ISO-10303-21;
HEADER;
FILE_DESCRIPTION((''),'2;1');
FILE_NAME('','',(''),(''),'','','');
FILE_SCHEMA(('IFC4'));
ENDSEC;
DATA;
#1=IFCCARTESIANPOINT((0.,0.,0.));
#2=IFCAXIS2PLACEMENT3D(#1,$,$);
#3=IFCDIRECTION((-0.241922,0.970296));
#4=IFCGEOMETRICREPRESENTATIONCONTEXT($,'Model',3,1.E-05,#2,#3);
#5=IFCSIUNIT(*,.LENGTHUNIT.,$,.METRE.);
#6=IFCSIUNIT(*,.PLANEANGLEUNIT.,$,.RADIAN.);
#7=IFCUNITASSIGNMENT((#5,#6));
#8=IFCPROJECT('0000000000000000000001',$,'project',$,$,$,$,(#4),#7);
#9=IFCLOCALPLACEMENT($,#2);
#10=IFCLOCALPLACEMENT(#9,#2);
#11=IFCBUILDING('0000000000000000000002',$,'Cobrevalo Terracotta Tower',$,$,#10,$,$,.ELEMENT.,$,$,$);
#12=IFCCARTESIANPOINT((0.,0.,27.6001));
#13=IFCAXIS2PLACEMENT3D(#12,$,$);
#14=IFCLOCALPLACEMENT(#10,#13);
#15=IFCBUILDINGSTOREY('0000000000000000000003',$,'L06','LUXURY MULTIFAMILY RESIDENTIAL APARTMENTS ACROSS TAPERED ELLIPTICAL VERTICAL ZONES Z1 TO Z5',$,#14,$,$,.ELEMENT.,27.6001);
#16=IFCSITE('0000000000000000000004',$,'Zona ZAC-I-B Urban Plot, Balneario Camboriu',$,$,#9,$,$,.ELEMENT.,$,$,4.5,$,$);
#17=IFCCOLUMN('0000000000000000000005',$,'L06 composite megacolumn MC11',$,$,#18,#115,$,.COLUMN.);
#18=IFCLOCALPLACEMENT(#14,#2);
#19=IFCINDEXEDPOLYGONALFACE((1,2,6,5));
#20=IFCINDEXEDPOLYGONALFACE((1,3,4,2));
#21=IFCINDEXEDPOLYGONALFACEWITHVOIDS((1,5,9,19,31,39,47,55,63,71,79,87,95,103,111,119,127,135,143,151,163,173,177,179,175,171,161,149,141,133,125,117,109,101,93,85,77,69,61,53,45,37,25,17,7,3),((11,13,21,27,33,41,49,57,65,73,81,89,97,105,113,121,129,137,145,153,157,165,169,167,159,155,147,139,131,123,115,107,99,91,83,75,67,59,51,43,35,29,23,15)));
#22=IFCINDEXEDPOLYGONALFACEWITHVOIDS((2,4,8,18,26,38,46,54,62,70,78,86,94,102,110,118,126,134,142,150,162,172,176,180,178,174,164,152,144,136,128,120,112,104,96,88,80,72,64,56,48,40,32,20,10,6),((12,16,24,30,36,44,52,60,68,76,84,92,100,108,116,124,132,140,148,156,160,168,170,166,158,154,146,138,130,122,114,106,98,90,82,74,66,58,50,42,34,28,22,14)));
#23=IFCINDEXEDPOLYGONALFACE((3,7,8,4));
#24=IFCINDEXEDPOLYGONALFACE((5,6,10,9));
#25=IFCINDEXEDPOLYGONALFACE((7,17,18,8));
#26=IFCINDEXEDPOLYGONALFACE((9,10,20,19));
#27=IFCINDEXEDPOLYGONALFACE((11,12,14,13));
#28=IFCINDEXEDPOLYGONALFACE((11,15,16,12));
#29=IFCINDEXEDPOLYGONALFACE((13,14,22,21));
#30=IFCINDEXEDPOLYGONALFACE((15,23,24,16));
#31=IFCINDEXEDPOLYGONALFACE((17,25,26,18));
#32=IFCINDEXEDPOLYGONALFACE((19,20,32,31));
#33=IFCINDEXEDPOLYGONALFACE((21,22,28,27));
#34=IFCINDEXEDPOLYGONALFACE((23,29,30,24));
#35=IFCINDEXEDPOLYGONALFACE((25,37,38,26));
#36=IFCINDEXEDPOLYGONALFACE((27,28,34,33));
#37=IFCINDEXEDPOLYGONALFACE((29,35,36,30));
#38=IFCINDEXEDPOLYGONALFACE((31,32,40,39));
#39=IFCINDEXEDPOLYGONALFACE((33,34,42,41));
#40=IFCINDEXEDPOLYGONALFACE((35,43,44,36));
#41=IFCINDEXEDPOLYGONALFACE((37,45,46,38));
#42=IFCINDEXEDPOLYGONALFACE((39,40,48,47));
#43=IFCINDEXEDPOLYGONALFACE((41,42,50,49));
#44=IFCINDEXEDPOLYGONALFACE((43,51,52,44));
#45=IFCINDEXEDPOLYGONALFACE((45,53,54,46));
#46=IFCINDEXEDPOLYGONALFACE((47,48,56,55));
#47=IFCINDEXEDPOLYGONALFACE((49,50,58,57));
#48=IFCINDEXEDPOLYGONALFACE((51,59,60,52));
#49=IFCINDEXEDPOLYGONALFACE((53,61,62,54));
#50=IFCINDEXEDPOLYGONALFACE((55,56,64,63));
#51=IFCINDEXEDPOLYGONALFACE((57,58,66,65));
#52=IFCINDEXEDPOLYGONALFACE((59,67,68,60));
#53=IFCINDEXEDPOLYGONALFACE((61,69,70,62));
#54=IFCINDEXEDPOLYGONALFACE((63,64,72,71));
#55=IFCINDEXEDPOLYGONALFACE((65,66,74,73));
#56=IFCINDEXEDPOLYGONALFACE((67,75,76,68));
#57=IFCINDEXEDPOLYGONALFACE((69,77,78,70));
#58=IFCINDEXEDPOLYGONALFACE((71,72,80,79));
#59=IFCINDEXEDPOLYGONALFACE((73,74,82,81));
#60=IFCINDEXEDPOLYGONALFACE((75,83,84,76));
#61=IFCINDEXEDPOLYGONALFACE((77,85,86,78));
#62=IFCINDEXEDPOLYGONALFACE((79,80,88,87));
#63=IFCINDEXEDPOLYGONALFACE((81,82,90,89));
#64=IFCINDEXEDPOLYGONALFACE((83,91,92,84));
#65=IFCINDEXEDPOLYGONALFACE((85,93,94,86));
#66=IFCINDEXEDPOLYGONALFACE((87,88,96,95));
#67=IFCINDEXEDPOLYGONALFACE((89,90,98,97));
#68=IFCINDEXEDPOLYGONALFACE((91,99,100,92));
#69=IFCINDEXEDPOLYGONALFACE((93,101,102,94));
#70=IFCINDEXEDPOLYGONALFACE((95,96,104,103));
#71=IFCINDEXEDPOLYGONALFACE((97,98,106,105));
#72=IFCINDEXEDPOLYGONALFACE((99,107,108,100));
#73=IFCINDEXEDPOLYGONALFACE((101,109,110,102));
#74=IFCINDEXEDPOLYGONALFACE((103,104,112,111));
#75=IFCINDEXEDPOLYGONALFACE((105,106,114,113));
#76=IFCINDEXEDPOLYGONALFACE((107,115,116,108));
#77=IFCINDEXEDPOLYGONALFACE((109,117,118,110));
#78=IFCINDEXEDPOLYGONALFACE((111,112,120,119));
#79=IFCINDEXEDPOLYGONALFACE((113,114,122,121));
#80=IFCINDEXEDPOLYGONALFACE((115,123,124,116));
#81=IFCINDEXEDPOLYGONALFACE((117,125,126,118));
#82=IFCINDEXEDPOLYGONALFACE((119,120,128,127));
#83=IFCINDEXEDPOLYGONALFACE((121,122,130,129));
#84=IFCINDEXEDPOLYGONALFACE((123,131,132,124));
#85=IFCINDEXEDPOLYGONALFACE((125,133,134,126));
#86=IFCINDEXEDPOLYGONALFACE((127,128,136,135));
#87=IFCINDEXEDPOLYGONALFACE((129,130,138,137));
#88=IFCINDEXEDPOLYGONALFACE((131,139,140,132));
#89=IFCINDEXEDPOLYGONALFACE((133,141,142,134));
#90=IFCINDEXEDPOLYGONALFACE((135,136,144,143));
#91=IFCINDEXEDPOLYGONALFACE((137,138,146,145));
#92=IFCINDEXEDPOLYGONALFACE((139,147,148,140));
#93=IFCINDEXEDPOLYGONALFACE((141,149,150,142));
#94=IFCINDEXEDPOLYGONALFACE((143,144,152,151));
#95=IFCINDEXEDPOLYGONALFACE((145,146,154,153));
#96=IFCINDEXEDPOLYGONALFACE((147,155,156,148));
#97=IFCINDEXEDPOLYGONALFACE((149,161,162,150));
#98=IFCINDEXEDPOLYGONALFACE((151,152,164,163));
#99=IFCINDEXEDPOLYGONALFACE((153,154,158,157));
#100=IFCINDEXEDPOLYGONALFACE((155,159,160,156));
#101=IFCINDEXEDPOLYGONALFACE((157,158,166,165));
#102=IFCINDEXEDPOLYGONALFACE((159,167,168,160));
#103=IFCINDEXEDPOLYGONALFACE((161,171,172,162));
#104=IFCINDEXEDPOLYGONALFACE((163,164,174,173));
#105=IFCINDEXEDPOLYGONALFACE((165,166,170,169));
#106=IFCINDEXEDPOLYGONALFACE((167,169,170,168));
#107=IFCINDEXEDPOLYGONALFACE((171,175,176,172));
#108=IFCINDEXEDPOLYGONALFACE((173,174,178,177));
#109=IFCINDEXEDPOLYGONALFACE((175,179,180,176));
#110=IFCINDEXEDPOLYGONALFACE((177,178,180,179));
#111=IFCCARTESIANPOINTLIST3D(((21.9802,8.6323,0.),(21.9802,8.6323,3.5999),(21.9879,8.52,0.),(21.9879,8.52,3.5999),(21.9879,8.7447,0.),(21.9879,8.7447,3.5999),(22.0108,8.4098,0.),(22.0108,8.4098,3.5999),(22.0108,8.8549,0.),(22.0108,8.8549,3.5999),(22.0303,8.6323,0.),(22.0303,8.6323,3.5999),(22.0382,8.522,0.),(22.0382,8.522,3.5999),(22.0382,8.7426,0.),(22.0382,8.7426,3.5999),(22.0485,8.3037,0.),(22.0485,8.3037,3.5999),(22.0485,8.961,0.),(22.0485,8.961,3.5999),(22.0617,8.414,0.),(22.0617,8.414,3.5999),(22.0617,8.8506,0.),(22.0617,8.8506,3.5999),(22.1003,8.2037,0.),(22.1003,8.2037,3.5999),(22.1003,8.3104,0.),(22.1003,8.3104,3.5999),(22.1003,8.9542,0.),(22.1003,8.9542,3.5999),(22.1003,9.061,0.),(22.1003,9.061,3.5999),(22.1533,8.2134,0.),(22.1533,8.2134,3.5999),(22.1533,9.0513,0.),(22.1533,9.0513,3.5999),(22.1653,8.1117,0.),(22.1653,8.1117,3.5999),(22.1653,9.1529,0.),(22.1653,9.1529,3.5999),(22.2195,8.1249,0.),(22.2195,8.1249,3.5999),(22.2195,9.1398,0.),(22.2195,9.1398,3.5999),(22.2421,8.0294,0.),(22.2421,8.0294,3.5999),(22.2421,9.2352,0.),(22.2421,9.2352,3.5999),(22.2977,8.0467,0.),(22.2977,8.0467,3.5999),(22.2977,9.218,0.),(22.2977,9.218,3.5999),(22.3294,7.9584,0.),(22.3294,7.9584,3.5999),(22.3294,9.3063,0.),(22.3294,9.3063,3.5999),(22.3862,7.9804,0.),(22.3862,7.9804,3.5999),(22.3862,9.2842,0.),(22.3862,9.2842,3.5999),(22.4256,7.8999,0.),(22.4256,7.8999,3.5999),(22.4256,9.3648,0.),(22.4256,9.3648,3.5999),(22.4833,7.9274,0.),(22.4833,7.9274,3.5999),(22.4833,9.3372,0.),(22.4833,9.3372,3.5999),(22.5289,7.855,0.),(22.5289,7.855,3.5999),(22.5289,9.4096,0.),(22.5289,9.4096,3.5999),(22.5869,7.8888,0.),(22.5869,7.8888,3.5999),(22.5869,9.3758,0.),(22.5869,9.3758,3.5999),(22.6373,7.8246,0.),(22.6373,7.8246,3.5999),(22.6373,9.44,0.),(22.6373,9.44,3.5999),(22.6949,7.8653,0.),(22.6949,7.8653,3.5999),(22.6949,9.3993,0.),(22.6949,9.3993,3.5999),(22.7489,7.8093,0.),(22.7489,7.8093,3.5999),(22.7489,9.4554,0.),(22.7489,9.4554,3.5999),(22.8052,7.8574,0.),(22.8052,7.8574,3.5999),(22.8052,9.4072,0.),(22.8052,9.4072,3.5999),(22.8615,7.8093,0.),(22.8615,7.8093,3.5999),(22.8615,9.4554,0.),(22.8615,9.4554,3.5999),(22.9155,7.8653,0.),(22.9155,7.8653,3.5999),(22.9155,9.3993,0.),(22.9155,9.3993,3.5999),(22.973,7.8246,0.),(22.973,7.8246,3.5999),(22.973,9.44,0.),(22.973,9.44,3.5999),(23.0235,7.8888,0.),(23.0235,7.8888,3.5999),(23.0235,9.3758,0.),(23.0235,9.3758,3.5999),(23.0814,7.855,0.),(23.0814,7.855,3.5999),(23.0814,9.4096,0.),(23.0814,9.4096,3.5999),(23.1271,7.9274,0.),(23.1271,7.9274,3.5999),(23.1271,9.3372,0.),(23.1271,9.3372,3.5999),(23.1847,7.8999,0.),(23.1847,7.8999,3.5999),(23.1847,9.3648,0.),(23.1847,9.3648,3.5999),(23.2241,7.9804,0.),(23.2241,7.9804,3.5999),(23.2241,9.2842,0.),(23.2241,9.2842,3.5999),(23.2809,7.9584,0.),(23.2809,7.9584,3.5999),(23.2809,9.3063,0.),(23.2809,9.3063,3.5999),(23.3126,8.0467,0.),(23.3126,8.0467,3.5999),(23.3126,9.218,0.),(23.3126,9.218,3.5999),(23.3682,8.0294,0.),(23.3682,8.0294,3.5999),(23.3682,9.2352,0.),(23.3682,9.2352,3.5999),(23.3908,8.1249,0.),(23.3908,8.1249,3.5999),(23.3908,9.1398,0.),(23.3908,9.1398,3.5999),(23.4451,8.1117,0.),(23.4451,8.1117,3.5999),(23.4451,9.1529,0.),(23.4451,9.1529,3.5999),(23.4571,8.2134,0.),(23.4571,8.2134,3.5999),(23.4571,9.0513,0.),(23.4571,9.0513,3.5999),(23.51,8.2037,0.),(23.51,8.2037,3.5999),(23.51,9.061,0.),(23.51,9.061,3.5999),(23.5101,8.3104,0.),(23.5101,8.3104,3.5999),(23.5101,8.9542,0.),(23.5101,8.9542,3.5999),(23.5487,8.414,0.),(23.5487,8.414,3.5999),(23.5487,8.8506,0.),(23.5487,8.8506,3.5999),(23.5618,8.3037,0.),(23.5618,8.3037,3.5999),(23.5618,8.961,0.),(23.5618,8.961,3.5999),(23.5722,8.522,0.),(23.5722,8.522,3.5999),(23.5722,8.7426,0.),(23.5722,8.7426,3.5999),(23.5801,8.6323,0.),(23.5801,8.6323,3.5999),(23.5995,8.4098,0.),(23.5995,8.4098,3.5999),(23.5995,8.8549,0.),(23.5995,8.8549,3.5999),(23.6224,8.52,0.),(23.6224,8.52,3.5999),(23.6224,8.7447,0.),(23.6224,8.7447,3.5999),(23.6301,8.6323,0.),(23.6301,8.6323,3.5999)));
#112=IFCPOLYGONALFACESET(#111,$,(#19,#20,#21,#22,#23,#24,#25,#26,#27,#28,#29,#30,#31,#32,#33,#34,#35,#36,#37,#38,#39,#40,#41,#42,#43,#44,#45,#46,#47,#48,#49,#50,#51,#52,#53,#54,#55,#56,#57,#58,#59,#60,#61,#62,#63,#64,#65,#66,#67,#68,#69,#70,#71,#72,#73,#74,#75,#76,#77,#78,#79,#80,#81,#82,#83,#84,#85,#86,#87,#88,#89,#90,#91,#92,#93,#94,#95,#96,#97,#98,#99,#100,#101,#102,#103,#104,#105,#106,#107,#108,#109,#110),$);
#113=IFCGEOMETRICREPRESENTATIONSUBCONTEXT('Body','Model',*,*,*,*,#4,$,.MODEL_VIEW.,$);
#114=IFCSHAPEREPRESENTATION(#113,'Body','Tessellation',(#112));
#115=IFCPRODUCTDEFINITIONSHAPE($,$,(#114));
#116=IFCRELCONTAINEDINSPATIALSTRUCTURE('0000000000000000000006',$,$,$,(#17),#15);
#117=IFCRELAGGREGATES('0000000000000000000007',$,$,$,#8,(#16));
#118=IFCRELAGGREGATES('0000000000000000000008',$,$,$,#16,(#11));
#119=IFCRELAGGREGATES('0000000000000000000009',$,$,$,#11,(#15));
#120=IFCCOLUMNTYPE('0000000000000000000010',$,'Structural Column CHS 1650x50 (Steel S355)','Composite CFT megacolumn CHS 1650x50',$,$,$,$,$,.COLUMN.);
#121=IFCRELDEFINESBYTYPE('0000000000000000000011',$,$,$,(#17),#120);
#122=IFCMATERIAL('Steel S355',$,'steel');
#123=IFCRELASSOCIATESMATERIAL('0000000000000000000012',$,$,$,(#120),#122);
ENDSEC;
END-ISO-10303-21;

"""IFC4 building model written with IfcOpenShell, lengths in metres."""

from ifc_helpers import new_model, si_unit, direction, frame, origin, origin_2d, place, context, subcontext, project, spatial, hollow_circle, extrude, material, material_profile, profile_set, type_object, element, save


model = new_model("IFC4")

# Units and contexts
model_context = context("Model", 3, precision=1e-05, world=origin(), true_north=direction((-0.241922, 0.970296)))
body_context = subcontext(model_context, "Body", "Model", "MODEL_VIEW")
ifc_project = project(units=[si_unit("LENGTHUNIT", "METRE"), si_unit("PLANEANGLEUNIT", "RADIAN")], contexts=[model_context])

# Site, building, storey
site_placement = place(None, origin())
site = spatial("IfcSite", under=ifc_project, at=site_placement, Name="Zona ZAC-I-B Urban Plot, Balneario Camboriu", CompositionType="ELEMENT", RefElevation=4.5)
building_placement = place(site_placement, origin())
building = spatial("IfcBuilding", under=site, at=building_placement, Name="Cobrevalo Terracotta Tower", CompositionType="ELEMENT")
storey_placement = place(building_placement, frame((0.0, 0.0, 27.6001)))
storey = spatial("IfcBuildingStorey", under=building, at=storey_placement, Name="L06", Description="LUXURY MULTIFAMILY RESIDENTIAL APARTMENTS ACROSS TAPERED ELLIPTICAL VERTICAL ZONES Z1 TO Z5", CompositionType="ELEMENT", Elevation=27.6001)

# Column
ifc_material_1 = material(Name="Steel S355", Category="steel")
ifc_material_profile_1 = material_profile(ifc_material_1, hollow_circle(Radius=0.825, WallThickness=0.05, at=origin_2d()), Name="CHS 1650x50")
ifc_profile_set_1 = profile_set([ifc_material_profile_1], Name="Steel S355")
column_type = type_object("IfcColumnType", Name="Structural Column CHS 1650x50 (Steel S355)", Description="Composite CFT megacolumn CHS 1650x50", PredefinedType="COLUMN", material=ifc_profile_set_1)
for number, where, z_axis, x_axis, name in (
    (1, (22.8052, 8.6323, 0.0), (0.0, 0.0, 1.0), (1.0, 0.0, 0.0), "L06 composite megacolumn MC11"),
):
    element("IfcColumn", number, at=place(storey_placement, frame(where, z_axis=z_axis, x_axis=x_axis)), inside=storey, type_object=column_type, Name=name, PredefinedType="COLUMN", context=body_context, shape_type="SweptSolid", body=[
        extrude(hollow_circle(Radius=0.825, WallThickness=0.05, at=origin_2d()), origin(), (0.0, 0.0, 1.0), 3.5999),
    ])

save(model, "model.ifc")
